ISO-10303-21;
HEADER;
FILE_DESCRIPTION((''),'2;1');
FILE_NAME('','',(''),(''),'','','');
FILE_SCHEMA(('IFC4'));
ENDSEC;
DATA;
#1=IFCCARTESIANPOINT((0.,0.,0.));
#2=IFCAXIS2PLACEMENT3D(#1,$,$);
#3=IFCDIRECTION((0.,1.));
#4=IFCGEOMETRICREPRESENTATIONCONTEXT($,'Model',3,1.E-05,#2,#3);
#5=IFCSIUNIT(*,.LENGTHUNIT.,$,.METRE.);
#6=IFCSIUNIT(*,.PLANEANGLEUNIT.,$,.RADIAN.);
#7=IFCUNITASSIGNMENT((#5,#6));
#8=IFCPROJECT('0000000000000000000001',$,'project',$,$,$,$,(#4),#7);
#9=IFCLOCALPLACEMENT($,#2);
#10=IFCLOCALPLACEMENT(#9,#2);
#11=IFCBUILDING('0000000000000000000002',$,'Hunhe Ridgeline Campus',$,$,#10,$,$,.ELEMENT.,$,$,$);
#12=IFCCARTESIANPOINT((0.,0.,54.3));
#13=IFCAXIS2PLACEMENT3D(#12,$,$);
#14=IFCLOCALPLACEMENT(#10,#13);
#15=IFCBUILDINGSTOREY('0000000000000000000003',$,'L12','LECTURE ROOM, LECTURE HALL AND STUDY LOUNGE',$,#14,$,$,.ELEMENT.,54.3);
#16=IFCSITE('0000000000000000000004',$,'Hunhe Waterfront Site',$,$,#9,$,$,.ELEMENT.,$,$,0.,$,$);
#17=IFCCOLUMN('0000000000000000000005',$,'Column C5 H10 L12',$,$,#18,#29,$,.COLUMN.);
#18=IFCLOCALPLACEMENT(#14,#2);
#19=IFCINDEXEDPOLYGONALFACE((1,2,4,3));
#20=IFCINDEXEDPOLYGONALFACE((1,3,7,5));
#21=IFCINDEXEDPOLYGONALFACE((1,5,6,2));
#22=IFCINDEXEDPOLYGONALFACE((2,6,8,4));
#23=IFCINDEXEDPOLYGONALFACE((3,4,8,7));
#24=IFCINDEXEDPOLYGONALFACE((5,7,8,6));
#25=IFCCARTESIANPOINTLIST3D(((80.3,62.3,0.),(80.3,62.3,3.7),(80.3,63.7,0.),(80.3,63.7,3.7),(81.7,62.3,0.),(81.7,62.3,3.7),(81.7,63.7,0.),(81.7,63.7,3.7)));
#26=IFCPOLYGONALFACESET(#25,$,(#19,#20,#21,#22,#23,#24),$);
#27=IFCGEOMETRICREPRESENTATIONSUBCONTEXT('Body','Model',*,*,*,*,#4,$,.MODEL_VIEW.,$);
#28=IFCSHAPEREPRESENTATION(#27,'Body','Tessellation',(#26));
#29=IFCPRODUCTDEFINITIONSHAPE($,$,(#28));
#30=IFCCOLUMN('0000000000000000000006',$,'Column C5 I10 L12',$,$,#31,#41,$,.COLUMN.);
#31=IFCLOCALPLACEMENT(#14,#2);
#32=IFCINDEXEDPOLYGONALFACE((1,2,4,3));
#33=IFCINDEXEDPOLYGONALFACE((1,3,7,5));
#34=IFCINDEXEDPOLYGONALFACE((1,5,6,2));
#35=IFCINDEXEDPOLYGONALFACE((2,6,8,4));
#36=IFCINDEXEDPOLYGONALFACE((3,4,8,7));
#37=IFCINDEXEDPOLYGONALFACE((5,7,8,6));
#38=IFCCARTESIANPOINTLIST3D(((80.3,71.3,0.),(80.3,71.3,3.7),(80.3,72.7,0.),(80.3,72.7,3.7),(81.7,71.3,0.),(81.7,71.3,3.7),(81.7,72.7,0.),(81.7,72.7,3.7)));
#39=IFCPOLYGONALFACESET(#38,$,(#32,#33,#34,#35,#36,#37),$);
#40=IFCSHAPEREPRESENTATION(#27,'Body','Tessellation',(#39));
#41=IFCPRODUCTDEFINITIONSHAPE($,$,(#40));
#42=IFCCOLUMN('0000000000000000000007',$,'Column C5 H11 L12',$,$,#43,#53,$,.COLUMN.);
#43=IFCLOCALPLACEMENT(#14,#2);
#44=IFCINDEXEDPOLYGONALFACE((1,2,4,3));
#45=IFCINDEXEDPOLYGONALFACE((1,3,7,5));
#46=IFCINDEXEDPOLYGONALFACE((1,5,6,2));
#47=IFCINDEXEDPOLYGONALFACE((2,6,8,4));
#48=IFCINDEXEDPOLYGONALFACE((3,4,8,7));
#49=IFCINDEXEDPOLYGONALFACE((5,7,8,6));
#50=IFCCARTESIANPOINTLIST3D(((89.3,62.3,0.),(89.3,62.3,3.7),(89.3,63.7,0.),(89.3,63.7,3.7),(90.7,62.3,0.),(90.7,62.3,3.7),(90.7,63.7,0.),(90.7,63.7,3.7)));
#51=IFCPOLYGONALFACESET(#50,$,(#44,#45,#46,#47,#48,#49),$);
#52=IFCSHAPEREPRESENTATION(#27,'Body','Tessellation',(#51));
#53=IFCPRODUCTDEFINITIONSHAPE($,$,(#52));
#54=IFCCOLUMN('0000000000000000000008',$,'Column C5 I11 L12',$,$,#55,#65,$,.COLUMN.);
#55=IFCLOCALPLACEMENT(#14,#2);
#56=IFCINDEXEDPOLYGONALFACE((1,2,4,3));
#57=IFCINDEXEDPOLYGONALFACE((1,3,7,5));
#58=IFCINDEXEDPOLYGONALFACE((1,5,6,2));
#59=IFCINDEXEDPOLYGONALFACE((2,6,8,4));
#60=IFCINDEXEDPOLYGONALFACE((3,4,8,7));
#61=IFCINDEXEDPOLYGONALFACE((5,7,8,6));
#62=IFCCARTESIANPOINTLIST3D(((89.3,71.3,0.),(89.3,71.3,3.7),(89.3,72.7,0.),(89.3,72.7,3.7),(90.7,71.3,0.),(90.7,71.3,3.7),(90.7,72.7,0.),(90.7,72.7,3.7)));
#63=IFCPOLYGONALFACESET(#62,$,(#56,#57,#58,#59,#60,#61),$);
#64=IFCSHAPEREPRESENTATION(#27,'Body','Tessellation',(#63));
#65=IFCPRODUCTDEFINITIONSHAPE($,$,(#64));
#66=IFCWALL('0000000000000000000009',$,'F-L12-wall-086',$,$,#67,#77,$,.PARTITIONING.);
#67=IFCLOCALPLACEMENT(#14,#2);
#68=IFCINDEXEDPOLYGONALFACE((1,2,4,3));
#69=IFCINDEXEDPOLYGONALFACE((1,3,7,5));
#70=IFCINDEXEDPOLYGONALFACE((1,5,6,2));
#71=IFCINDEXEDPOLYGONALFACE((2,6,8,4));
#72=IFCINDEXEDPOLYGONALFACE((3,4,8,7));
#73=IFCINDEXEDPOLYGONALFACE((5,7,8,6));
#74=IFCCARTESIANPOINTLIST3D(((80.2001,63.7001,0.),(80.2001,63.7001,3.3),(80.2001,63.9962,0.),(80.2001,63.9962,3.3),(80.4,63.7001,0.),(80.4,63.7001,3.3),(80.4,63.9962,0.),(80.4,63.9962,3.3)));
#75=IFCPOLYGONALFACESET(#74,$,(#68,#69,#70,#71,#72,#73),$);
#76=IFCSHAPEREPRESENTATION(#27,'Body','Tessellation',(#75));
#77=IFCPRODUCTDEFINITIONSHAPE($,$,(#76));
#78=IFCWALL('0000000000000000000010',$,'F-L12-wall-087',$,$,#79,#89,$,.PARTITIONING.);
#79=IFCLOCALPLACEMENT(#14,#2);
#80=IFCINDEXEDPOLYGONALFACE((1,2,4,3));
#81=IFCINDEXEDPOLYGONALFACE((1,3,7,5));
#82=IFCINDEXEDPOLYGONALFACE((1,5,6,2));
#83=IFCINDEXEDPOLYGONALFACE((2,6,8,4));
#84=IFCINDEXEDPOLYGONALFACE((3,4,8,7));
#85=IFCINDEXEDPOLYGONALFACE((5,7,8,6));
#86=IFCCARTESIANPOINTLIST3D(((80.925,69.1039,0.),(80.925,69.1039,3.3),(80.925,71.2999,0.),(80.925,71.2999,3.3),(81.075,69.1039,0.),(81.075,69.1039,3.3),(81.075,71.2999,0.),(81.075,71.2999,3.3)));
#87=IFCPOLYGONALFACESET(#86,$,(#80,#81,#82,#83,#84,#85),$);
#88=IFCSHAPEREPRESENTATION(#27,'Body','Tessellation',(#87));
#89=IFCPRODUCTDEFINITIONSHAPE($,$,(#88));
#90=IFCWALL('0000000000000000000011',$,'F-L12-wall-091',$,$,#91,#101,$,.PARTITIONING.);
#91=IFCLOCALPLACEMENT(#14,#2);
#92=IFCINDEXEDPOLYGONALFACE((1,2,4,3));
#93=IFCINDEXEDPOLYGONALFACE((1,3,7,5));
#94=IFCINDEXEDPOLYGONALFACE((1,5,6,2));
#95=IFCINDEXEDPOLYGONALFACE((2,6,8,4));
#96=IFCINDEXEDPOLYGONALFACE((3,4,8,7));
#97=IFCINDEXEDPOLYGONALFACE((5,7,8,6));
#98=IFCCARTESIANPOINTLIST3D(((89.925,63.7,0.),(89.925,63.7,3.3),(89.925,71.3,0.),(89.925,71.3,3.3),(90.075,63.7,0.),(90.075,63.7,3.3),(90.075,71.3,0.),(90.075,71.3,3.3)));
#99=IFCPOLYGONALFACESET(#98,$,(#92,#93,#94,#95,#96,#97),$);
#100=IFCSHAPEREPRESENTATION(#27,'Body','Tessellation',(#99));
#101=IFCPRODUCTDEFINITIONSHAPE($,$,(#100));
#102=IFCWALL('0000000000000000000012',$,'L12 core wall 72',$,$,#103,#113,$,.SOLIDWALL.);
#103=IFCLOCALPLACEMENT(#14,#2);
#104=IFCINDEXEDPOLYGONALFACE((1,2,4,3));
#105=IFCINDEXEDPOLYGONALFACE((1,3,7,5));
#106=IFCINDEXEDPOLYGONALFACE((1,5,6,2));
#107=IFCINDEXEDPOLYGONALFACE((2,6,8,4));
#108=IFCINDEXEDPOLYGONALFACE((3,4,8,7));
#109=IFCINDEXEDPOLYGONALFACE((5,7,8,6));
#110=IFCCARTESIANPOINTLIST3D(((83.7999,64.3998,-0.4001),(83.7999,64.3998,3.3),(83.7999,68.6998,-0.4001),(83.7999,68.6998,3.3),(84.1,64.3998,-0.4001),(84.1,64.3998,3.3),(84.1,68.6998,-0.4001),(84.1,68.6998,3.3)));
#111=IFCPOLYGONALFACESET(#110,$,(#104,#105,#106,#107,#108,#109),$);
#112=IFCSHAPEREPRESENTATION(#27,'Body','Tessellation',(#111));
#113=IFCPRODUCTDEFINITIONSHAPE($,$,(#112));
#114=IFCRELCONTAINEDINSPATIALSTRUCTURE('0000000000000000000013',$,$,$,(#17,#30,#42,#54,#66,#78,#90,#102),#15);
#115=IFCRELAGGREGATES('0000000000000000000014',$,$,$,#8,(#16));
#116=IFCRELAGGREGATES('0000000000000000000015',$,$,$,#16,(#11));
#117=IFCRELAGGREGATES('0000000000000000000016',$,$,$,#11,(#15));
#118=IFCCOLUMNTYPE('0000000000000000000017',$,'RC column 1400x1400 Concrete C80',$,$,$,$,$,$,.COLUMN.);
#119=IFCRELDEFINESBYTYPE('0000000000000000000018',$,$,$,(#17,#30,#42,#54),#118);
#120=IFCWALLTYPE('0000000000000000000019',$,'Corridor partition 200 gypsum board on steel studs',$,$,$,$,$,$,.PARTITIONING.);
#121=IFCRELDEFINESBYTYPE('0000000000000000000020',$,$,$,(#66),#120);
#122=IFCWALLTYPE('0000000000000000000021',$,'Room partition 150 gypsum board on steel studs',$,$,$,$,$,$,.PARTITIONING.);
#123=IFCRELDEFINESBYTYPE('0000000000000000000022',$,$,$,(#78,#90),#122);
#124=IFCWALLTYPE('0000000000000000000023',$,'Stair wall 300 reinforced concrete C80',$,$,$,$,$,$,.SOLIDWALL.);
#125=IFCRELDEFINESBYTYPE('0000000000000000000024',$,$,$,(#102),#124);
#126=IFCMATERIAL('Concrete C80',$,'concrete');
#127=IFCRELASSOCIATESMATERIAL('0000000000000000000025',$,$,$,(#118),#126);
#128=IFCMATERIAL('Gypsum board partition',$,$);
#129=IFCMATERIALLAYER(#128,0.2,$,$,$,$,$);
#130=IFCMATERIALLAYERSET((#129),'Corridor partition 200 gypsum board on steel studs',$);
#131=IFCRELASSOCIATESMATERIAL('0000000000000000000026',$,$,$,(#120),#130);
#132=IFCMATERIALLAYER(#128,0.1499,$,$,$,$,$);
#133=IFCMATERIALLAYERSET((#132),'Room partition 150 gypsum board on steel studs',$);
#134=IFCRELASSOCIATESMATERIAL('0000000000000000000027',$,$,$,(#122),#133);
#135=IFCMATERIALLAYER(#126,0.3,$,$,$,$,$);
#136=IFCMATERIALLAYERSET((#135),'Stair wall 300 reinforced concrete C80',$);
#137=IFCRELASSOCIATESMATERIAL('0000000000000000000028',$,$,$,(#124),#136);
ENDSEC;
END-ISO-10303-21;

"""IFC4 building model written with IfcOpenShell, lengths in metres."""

from ifc_helpers import new_model, si_unit, direction, frame, frame_2d, origin, origin_2d, place, context, subcontext, project, spatial, rectangle, extrude, material, layer, layer_set, material_profile, profile_set, type_object, element, save


model = new_model("IFC4")

# Units and contexts
model_context = context("Model", 3, precision=1e-05, world=origin(), true_north=direction((0.0, 1.0)))
body_context = subcontext(model_context, "Body", "Model", "MODEL_VIEW")
ifc_project = project(units=[si_unit("LENGTHUNIT", "METRE"), si_unit("PLANEANGLEUNIT", "RADIAN")], contexts=[model_context])

# Site, building, storey
site_placement = place(None, origin())
site = spatial("IfcSite", under=ifc_project, at=site_placement, Name="Hunhe Waterfront Site", CompositionType="ELEMENT", RefElevation=0.0)
building_placement = place(site_placement, origin())
building = spatial("IfcBuilding", under=site, at=building_placement, Name="Hunhe Ridgeline Campus", CompositionType="ELEMENT")
storey_placement = place(building_placement, frame((0.0, 0.0, 54.3)))
storey = spatial("IfcBuildingStorey", under=building, at=storey_placement, Name="L12", Description="LECTURE ROOM, LECTURE HALL AND STUDY LOUNGE", CompositionType="ELEMENT", Elevation=54.3)

# Columns
ifc_material_1 = material(Name="Concrete C80", Category="concrete")
ifc_material_profile = material_profile(ifc_material_1, rectangle(XDim=1.3999, YDim=1.3999, at=origin_2d()))
ifc_profile_set = profile_set([ifc_material_profile], Name="Concrete C80")
column_type = type_object("IfcColumnType", Name="RC column 1400x1400 Concrete C80", PredefinedType="COLUMN", material=ifc_profile_set)
for number, where, z_axis, x_axis, name in (
    (1, (81.0, 63.0, 0.0), (0.0, 0.0, 1.0), (1.0, 0.0, 0.0), "Column C5 H10 L12"),
    (2, (81.0, 72.0, 0.0), (0.0, 0.0, 1.0), (1.0, 0.0, 0.0), "Column C5 I10 L12"),
    (3, (90.0, 63.0, 0.0), (0.0, 0.0, 1.0), (1.0, 0.0, 0.0), "Column C5 H11 L12"),
    (4, (90.0, 72.0, 0.0), (0.0, 0.0, 1.0), (1.0, 0.0, 0.0), "Column C5 I11 L12"),
):
    element("IfcColumn", number, at=place(storey_placement, frame(where, z_axis=z_axis, x_axis=x_axis)), inside=storey, type_object=column_type, Name=name, PredefinedType="COLUMN", context=body_context, shape_type="SweptSolid", body=[
        extrude(rectangle(XDim=1.3999, YDim=1.3999, at=origin_2d()), origin(), (0.0, 0.0, 1.0), 3.7),
    ])

# Shared definitions
ifc_material_2 = material(Name="Gypsum board partition")
ifc_layer_1 = layer(ifc_material_2, 0.2)
ifc_layer_set_1 = layer_set([ifc_layer_1], Name="Corridor partition 200 gypsum board on steel studs")
wall_type_1 = type_object("IfcWallType", Name="Corridor partition 200 gypsum board on steel studs", PredefinedType="PARTITIONING", material=ifc_layer_set_1)

# Walls
wall_1_placement = place(storey_placement, frame((80.3, 63.9961, 0.0), z_axis=(0.0, 0.0, 1.0), x_axis=(0.0, -1.0, 0.0)))
element("IfcWall", 5, at=wall_1_placement, inside=storey, type_object=wall_type_1, Name="F-L12-wall-086", PredefinedType="PARTITIONING", context=body_context, shape_type="SweptSolid", body=[
    extrude(rectangle(XDim=0.2961, YDim=0.2, at=frame_2d((0.1479, 0.0))), origin(), (0.0, 0.0, 1.0), 3.3),
])
ifc_layer_2 = layer(ifc_material_2, 0.1499)
ifc_layer_set_2 = layer_set([ifc_layer_2], Name="Room partition 150 gypsum board on steel studs")
wall_type_2 = type_object("IfcWallType", Name="Room partition 150 gypsum board on steel studs", PredefinedType="PARTITIONING", material=ifc_layer_set_2)
wall_2_placement = place(storey_placement, frame((81.0, 71.3, 0.0), z_axis=(0.0, 0.0, 1.0), x_axis=(0.0, -1.0, 0.0)))
element("IfcWall", 6, at=wall_2_placement, inside=storey, type_object=wall_type_2, Name="F-L12-wall-087", PredefinedType="PARTITIONING", context=body_context, shape_type="SweptSolid", body=[
    extrude(rectangle(XDim=2.196, YDim=0.1499, at=frame_2d((1.0981, 0.0))), origin(), (0.0, 0.0, 1.0), 3.3),
])
wall_3_placement = place(storey_placement, frame((90.0, 71.3, 0.0), z_axis=(0.0, 0.0, 1.0), x_axis=(0.0, -1.0, 0.0)))
element("IfcWall", 7, at=wall_3_placement, inside=storey, type_object=wall_type_2, Name="F-L12-wall-091", PredefinedType="PARTITIONING", context=body_context, shape_type="SweptSolid", body=[
    extrude(rectangle(XDim=7.6001, YDim=0.1499, at=frame_2d((3.8, 0.0))), origin(), (0.0, 0.0, 1.0), 3.3),
])

# Shared definitions
ifc_layer_3 = layer(ifc_material_1, 0.3)
ifc_layer_set_3 = layer_set([ifc_layer_3], Name="Stair wall 300 reinforced concrete C80")
wall_type_3 = type_object("IfcWallType", Name="Stair wall 300 reinforced concrete C80", PredefinedType="SOLIDWALL", material=ifc_layer_set_3)

# Wall
wall_4_placement = place(storey_placement, frame((83.95, 64.3999, -0.4001), z_axis=(0.0, 0.0, 1.0), x_axis=(0.0, 1.0, 0.0)))
element("IfcWall", 8, at=wall_4_placement, inside=storey, type_object=wall_type_3, Name="L12 core wall 72", PredefinedType="SOLIDWALL", context=body_context, shape_type="SweptSolid", body=[
    extrude(rectangle(XDim=4.3, YDim=0.3, at=frame_2d((2.1499, 0.0))), origin(), (0.0, 0.0, 1.0), 3.7002),
])

save(model, "model.ifc")
